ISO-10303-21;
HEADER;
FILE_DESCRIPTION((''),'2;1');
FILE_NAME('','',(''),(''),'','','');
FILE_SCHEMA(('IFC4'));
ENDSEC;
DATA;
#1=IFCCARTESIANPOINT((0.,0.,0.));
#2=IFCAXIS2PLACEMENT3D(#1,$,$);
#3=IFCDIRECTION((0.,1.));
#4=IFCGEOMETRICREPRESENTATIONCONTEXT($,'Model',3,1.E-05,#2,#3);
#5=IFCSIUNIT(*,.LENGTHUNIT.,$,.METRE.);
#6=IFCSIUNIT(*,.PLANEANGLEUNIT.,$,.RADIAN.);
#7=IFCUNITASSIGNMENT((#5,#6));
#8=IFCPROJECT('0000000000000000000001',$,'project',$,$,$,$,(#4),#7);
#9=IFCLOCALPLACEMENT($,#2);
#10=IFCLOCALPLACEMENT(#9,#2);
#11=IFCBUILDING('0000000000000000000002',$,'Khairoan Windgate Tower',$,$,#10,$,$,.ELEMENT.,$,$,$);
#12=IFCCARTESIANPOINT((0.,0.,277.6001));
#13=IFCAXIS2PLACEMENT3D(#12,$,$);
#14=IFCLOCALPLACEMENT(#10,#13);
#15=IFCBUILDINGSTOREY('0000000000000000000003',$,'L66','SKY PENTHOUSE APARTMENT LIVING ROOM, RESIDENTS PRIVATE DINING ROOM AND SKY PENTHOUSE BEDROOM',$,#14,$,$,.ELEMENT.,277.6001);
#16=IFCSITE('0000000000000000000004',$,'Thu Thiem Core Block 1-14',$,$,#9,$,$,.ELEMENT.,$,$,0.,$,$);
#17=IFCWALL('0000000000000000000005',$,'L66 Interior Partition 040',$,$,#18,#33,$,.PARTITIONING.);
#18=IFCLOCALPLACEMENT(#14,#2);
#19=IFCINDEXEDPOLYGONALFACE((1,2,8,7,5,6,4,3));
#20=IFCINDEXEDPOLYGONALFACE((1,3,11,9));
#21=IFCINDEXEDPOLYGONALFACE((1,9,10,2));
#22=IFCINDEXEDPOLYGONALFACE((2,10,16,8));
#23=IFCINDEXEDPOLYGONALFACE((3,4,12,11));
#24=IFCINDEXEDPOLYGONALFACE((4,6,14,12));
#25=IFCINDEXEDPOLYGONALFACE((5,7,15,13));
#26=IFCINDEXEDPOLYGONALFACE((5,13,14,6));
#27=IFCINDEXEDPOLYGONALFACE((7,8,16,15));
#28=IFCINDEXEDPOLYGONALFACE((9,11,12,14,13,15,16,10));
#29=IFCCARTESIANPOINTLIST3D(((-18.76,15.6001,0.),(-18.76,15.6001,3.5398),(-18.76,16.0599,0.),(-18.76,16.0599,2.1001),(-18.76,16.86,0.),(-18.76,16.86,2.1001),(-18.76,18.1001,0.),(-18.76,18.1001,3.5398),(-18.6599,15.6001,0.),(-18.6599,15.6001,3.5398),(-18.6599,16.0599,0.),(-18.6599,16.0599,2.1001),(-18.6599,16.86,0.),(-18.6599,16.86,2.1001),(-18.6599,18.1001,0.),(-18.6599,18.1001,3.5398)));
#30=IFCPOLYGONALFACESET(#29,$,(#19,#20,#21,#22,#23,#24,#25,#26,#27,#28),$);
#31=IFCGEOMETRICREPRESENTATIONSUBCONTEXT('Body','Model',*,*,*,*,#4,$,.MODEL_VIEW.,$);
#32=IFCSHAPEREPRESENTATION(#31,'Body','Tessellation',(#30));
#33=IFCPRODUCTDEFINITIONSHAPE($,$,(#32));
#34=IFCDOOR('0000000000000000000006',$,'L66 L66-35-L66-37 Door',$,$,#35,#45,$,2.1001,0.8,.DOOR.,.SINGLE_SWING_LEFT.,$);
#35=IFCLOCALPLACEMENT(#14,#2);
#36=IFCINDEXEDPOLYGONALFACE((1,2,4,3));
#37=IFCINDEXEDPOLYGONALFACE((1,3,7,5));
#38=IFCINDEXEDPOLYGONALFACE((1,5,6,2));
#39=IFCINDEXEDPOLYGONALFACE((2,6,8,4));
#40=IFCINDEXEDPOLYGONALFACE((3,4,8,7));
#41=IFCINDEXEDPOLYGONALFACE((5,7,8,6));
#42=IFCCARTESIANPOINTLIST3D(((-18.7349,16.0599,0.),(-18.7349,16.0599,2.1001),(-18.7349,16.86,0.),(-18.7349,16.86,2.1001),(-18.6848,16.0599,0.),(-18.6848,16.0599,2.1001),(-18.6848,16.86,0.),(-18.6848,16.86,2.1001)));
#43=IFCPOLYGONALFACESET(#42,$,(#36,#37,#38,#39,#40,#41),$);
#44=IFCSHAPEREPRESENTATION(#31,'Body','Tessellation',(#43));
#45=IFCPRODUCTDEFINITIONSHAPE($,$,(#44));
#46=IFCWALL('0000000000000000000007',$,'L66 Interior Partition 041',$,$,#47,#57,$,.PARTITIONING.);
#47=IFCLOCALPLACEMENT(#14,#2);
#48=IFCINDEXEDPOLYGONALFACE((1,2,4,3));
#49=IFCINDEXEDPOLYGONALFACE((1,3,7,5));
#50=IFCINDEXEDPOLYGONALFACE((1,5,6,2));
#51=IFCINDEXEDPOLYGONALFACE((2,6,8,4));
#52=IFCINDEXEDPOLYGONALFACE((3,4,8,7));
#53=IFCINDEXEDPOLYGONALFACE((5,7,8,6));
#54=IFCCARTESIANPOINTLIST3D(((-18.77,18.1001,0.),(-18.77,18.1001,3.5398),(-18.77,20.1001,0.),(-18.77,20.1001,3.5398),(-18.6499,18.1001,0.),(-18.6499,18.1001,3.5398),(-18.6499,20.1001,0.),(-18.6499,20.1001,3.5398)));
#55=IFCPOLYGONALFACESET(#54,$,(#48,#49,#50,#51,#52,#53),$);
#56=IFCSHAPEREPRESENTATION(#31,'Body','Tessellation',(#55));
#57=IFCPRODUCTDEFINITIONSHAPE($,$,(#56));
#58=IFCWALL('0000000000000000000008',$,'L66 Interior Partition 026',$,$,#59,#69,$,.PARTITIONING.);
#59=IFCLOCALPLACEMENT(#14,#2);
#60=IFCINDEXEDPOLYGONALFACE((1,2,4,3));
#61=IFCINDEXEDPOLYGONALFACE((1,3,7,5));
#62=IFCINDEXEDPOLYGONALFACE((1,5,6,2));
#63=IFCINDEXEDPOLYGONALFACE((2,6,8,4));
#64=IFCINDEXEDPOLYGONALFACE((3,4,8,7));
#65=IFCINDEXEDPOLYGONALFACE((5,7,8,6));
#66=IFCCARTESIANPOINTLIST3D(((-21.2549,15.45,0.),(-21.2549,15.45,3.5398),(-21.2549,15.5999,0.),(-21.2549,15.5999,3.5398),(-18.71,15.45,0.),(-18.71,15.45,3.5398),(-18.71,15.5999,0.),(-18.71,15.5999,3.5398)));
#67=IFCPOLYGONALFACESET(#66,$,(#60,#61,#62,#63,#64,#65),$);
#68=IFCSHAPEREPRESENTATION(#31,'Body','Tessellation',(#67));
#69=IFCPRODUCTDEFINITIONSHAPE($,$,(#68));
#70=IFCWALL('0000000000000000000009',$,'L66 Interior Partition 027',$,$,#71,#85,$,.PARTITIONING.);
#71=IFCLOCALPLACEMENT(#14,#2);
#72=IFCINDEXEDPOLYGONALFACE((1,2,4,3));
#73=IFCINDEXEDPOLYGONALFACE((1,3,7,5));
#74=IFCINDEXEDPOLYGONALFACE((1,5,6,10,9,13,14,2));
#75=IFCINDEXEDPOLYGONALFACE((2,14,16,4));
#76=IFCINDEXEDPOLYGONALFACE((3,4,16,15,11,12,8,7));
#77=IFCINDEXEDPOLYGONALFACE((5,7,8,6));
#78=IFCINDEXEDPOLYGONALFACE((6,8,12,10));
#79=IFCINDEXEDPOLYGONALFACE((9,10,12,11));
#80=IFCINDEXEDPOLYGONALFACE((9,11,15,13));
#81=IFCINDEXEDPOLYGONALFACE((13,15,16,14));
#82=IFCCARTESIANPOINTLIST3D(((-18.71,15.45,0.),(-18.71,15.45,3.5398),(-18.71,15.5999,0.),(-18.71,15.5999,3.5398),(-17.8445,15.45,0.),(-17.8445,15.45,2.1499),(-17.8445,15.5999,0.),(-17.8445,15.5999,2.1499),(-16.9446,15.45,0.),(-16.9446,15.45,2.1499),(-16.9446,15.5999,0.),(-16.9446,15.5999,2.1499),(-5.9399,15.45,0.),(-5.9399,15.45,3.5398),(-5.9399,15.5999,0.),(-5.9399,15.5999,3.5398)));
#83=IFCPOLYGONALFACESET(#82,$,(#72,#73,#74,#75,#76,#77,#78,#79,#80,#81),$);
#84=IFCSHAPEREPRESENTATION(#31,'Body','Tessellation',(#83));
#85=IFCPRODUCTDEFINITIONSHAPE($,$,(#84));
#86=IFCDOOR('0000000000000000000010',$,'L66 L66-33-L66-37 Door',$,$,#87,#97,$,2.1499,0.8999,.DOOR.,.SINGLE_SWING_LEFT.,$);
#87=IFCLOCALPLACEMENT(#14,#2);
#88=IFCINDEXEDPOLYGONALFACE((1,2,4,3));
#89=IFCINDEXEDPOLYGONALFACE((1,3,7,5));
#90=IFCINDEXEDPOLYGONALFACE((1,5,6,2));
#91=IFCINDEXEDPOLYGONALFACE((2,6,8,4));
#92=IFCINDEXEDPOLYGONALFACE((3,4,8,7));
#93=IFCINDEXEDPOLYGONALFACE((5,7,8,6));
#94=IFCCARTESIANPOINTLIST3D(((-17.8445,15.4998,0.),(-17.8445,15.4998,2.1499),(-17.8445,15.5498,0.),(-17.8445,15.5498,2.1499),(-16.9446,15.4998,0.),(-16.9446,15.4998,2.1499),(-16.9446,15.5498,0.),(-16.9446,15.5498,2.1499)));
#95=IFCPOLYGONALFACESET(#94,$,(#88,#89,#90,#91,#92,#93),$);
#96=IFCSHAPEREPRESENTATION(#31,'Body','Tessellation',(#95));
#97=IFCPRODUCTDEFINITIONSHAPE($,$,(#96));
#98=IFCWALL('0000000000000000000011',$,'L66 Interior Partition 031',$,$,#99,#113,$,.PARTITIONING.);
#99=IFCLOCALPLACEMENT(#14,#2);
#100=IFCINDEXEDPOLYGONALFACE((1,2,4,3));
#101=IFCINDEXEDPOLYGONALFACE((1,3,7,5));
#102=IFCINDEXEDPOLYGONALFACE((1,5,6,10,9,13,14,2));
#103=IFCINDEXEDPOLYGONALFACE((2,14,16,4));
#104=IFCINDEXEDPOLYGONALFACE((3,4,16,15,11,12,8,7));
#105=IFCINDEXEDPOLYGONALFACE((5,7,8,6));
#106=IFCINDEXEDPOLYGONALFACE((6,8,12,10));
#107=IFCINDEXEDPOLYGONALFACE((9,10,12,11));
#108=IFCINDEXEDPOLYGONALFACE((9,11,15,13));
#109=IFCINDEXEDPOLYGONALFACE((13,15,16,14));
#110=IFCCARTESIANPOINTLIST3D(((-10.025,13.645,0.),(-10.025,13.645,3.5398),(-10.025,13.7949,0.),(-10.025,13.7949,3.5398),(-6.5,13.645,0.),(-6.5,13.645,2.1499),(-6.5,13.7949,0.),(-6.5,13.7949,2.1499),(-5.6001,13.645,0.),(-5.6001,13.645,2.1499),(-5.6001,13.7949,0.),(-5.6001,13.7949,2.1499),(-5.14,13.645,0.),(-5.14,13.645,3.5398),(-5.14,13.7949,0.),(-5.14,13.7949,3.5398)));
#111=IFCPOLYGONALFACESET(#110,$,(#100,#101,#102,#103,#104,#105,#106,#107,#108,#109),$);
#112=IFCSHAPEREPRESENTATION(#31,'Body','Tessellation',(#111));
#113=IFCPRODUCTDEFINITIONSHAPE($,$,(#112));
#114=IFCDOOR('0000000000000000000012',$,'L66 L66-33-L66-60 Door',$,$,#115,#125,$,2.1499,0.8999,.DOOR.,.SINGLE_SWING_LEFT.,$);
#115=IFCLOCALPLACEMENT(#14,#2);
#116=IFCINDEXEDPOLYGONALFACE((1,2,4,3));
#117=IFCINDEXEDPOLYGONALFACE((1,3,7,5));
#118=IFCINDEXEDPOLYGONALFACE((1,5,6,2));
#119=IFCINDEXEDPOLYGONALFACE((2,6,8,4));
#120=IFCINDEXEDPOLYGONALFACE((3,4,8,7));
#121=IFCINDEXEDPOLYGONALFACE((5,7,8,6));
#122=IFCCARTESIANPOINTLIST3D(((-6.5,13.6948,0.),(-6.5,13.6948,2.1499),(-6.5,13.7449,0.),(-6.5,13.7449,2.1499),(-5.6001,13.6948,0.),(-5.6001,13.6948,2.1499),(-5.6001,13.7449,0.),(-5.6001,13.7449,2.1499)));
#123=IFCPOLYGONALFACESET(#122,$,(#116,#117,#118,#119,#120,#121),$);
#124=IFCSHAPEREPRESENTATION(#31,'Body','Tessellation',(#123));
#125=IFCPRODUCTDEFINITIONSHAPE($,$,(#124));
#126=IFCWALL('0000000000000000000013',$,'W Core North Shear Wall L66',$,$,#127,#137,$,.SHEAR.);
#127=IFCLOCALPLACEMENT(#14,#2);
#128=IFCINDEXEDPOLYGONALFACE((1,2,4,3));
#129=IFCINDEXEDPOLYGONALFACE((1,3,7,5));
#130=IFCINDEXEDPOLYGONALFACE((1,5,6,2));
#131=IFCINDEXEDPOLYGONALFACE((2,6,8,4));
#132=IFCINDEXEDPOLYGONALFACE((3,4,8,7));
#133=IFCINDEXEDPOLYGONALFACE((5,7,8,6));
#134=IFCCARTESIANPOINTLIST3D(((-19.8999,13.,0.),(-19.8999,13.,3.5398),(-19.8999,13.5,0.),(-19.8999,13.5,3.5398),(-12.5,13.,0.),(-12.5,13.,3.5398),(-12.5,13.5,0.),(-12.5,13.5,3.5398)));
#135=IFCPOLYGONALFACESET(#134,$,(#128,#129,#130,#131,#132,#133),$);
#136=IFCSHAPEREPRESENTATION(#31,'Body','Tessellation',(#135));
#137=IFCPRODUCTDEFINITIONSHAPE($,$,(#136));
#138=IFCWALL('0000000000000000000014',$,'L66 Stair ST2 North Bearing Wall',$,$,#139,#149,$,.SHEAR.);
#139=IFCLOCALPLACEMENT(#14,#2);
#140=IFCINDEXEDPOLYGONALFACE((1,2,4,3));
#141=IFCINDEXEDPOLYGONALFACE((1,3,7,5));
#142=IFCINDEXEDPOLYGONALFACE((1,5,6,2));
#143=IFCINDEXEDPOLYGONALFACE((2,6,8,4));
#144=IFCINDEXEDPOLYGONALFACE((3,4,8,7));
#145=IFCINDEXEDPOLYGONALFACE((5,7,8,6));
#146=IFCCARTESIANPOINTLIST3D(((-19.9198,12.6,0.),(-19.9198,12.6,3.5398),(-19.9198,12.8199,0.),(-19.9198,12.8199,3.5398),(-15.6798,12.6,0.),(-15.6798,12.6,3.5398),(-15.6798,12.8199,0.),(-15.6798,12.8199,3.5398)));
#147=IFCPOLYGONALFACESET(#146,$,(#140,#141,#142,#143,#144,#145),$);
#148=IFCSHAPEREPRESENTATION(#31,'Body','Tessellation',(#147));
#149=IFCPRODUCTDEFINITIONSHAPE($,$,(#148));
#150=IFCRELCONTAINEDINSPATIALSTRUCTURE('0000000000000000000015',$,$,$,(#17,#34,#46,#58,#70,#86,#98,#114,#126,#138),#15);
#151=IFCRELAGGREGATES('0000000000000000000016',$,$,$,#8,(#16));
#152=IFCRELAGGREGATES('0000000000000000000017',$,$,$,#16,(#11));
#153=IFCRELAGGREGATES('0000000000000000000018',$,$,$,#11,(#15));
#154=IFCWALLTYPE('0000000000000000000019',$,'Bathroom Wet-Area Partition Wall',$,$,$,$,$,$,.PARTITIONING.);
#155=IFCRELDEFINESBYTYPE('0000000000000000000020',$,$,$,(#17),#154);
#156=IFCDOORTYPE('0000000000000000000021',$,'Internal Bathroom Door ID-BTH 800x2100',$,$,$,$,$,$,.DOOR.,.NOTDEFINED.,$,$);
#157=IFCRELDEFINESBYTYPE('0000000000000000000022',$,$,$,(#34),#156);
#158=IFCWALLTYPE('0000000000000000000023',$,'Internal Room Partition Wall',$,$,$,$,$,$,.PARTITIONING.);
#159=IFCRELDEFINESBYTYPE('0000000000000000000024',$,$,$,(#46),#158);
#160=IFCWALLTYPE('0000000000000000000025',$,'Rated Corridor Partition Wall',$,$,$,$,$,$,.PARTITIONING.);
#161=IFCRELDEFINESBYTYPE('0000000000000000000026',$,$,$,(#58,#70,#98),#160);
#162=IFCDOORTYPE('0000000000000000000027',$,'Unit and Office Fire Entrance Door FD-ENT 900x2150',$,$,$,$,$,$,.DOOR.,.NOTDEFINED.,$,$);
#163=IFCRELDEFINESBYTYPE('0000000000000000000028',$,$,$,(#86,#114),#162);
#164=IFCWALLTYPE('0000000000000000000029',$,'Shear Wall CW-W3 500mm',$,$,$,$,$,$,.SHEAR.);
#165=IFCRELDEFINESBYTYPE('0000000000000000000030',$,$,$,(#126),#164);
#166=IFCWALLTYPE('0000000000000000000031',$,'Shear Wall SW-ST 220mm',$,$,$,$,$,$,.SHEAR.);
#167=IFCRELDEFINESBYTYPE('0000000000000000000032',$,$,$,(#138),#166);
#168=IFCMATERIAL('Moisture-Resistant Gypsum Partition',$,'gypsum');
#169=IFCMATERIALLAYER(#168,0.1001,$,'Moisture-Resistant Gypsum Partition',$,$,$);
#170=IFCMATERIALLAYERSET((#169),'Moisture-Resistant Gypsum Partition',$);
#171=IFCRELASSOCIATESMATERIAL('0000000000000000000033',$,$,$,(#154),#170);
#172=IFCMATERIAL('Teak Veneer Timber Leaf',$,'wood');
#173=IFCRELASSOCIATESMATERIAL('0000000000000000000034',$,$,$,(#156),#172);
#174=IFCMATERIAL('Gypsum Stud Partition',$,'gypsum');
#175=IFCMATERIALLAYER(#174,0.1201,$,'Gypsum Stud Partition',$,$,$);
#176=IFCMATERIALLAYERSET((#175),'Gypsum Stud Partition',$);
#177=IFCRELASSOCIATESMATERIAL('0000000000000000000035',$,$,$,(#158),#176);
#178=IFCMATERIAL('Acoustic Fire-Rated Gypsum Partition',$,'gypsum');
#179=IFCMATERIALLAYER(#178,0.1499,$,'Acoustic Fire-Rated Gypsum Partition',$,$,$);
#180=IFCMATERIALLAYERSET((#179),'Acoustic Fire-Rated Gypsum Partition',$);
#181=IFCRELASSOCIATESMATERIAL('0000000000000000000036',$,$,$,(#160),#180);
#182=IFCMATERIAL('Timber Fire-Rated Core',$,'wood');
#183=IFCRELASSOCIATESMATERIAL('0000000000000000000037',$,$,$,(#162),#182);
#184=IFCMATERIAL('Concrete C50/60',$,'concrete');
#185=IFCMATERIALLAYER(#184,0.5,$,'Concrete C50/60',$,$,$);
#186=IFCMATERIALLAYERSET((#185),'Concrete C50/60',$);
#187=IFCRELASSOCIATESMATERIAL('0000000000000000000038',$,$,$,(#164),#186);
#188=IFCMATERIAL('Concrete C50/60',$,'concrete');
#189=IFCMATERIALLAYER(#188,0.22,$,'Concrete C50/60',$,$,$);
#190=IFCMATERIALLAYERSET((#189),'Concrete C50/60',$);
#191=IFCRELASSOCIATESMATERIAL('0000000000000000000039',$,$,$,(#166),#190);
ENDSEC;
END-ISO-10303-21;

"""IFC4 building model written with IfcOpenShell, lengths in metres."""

from ifc_helpers import new_model, si_unit, direction, frame, frame_2d, origin, place, context, subcontext, project, spatial, rectangle, extrude, material, layer, layer_set, type_object, element, fill, save


model = new_model("IFC4")

# Units and contexts
model_context = context("Model", 3, precision=1e-05, world=origin(), true_north=direction((0.0, 1.0)))
body_context = subcontext(model_context, "Body", "Model", "MODEL_VIEW")
ifc_project = project(units=[si_unit("LENGTHUNIT", "METRE"), si_unit("PLANEANGLEUNIT", "RADIAN")], contexts=[model_context])

# Site, building, storey
site_placement = place(None, origin())
site = spatial("IfcSite", under=ifc_project, at=site_placement, Name="Thu Thiem Core Block 1-14", CompositionType="ELEMENT", RefElevation=0.0)
building_placement = place(site_placement, origin())
building = spatial("IfcBuilding", under=site, at=building_placement, Name="Khairoan Windgate Tower", CompositionType="ELEMENT")
storey_placement = place(building_placement, frame((0.0, 0.0, 277.6001)))
storey = spatial("IfcBuildingStorey", under=building, at=storey_placement, Name="L66", Description="SKY PENTHOUSE APARTMENT LIVING ROOM, RESIDENTS PRIVATE DINING ROOM AND SKY PENTHOUSE BEDROOM", CompositionType="ELEMENT", Elevation=277.6001)

# Shared definitions
ifc_material_1 = material(Name="Moisture-Resistant Gypsum Partition", Category="gypsum")
ifc_layer_1 = layer(ifc_material_1, 0.1001, Name="Moisture-Resistant Gypsum Partition")
ifc_layer_set_1 = layer_set([ifc_layer_1], Name="Moisture-Resistant Gypsum Partition")
wall_type_1 = type_object("IfcWallType", Name="Bathroom Wet-Area Partition Wall", PredefinedType="PARTITIONING", material=ifc_layer_set_1)

# Wall, opening, door
wall_1_placement = place(storey_placement, frame((-18.71, 15.6001, 0.0), z_axis=(0.0, 0.0, 1.0), x_axis=(0.0, 1.0, 0.0)))
wall_1 = element("IfcWall", 1, at=wall_1_placement, inside=storey, type_object=wall_type_1, Name="L66 Interior Partition 040", PredefinedType="PARTITIONING", context=body_context, shape_type="SweptSolid", body=[
    extrude(rectangle(XDim=2.5, YDim=0.1001, at=frame_2d((1.25, 0.0))), origin(), (0.0, 0.0, 1.0), 3.5398),
])
opening_1_placement = place(wall_1_placement, frame((0.46, 0.0, 0.0)))
opening_1 = element("IfcOpeningElement", 2, at=opening_1_placement, cuts=wall_1, PredefinedType="OPENING", context=body_context, shape_type="SweptSolid", body=[
    extrude(rectangle(XDim=0.8, YDim=2.1001, at=frame_2d((0.3999, 1.05))), frame((0.0, 0.0601, 0.0), z_axis=(0.0, -1.0, 0.0), x_axis=(1.0, 0.0, 0.0)), (0.0, 0.0, 1.0), 0.1201),
])
ifc_material_2 = material(Name="Teak Veneer Timber Leaf", Category="wood")
door_type_1 = type_object("IfcDoorType", Name="Internal Bathroom Door ID-BTH 800x2100", OperationType="NOTDEFINED", PredefinedType="DOOR", material=ifc_material_2)
door_1_placement = place(opening_1_placement, origin())
door_1 = element("IfcDoor", 3, at=door_1_placement, inside=storey, type_object=door_type_1, Name="L66 L66-35-L66-37 Door", OperationType="SINGLE_SWING_LEFT", OverallHeight=2.1001, OverallWidth=0.8, PredefinedType="DOOR", context=body_context, shape_type="SweptSolid", body=[
    extrude(rectangle(XDim=0.8, YDim=2.1001, at=frame_2d((0.3999, 1.05))), frame((0.0, 0.0249, 0.0), z_axis=(0.0, -1.0, 0.0), x_axis=(1.0, 0.0, 0.0)), (0.0, 0.0, 1.0), 0.05),
])
fill(opening_1, door_1)

# Walls
ifc_material_3 = material(Name="Gypsum Stud Partition", Category="gypsum")
ifc_layer_2 = layer(ifc_material_3, 0.1201, Name="Gypsum Stud Partition")
ifc_layer_set_2 = layer_set([ifc_layer_2], Name="Gypsum Stud Partition")
wall_type_2 = type_object("IfcWallType", Name="Internal Room Partition Wall", PredefinedType="PARTITIONING", material=ifc_layer_set_2)
wall_2_placement = place(storey_placement, frame((-18.71, 18.1001, 0.0), z_axis=(0.0, 0.0, 1.0), x_axis=(0.0, 1.0, 0.0)))
element("IfcWall", 4, at=wall_2_placement, inside=storey, type_object=wall_type_2, Name="L66 Interior Partition 041", PredefinedType="PARTITIONING", context=body_context, shape_type="SweptSolid", body=[
    extrude(rectangle(XDim=2.0, YDim=0.1201, at=frame_2d((1.0, 0.0))), origin(), (0.0, 0.0, 1.0), 3.5398),
])
ifc_material_4 = material(Name="Acoustic Fire-Rated Gypsum Partition", Category="gypsum")
ifc_layer_3 = layer(ifc_material_4, 0.1499, Name="Acoustic Fire-Rated Gypsum Partition")
ifc_layer_set_3 = layer_set([ifc_layer_3], Name="Acoustic Fire-Rated Gypsum Partition")
wall_type_3 = type_object("IfcWallType", Name="Rated Corridor Partition Wall", PredefinedType="PARTITIONING", material=ifc_layer_set_3)
wall_3_placement = place(storey_placement, frame((-21.2549, 15.5249, 0.0), z_axis=(0.0, 0.0, 1.0), x_axis=(1.0, 0.0, 0.0)))
element("IfcWall", 5, at=wall_3_placement, inside=storey, type_object=wall_type_3, Name="L66 Interior Partition 026", PredefinedType="PARTITIONING", context=body_context, shape_type="SweptSolid", body=[
    extrude(rectangle(XDim=2.5449, YDim=0.1499, at=frame_2d((1.2725, 0.0))), origin(), (0.0, 0.0, 1.0), 3.5398),
])

# Walls, openings, doors
wall_4_placement = place(storey_placement, frame((-18.71, 15.5249, 0.0), z_axis=(0.0, 0.0, 1.0), x_axis=(1.0, 0.0, 0.0)))
wall_4 = element("IfcWall", 6, at=wall_4_placement, inside=storey, type_object=wall_type_3, Name="L66 Interior Partition 027", PredefinedType="PARTITIONING", context=body_context, shape_type="SweptSolid", body=[
    extrude(rectangle(XDim=12.77, YDim=0.1499, at=frame_2d((6.385, 0.0))), origin(), (0.0, 0.0, 1.0), 3.5398),
])
opening_2_placement = place(wall_4_placement, frame((0.8655, 0.0, 0.0)))
opening_2 = element("IfcOpeningElement", 7, at=opening_2_placement, cuts=wall_4, PredefinedType="OPENING", context=body_context, shape_type="SweptSolid", body=[
    extrude(rectangle(XDim=0.8999, YDim=2.1499, at=frame_2d((0.45, 1.075))), frame((0.0, 0.085, 0.0), z_axis=(0.0, -1.0, 0.0), x_axis=(1.0, 0.0, 0.0)), (0.0, 0.0, 1.0), 0.1699),
])
ifc_material_5 = material(Name="Timber Fire-Rated Core", Category="wood")
door_type_2 = type_object("IfcDoorType", Name="Unit and Office Fire Entrance Door FD-ENT 900x2150", OperationType="NOTDEFINED", PredefinedType="DOOR", material=ifc_material_5)
door_2_placement = place(opening_2_placement, origin())
door_2 = element("IfcDoor", 8, at=door_2_placement, inside=storey, type_object=door_type_2, Name="L66 L66-33-L66-37 Door", OperationType="SINGLE_SWING_LEFT", OverallHeight=2.1499, OverallWidth=0.8999, PredefinedType="DOOR", context=body_context, shape_type="SweptSolid", body=[
    extrude(rectangle(XDim=0.8999, YDim=2.1499, at=frame_2d((0.45, 1.075))), frame((0.0, 0.0249, 0.0), z_axis=(0.0, -1.0, 0.0), x_axis=(1.0, 0.0, 0.0)), (0.0, 0.0, 1.0), 0.05),
])
fill(opening_2, door_2)
wall_5_placement = place(storey_placement, frame((-10.0249, 13.72, 0.0), z_axis=(0.0, 0.0, 1.0), x_axis=(1.0, 0.0, 0.0)))
wall_5 = element("IfcWall", 9, at=wall_5_placement, inside=storey, type_object=wall_type_3, Name="L66 Interior Partition 031", PredefinedType="PARTITIONING", context=body_context, shape_type="SweptSolid", body=[
    extrude(rectangle(XDim=4.885, YDim=0.1499, at=frame_2d((2.4424, 0.0))), origin(), (0.0, 0.0, 1.0), 3.5398),
])
opening_3_placement = place(wall_5_placement, frame((3.5249, 0.0, 0.0)))
opening_3 = element("IfcOpeningElement", 10, at=opening_3_placement, cuts=wall_5, PredefinedType="OPENING", context=body_context, shape_type="SweptSolid", body=[
    extrude(rectangle(XDim=0.8999, YDim=2.1499, at=frame_2d((0.45, 1.075))), frame((0.0, 0.085, 0.0), z_axis=(0.0, -1.0, 0.0), x_axis=(1.0, 0.0, 0.0)), (0.0, 0.0, 1.0), 0.1699),
])
door_3_placement = place(opening_3_placement, origin())
door_3 = element("IfcDoor", 11, at=door_3_placement, inside=storey, type_object=door_type_2, Name="L66 L66-33-L66-60 Door", OperationType="SINGLE_SWING_LEFT", OverallHeight=2.1499, OverallWidth=0.8999, PredefinedType="DOOR", context=body_context, shape_type="SweptSolid", body=[
    extrude(rectangle(XDim=0.8999, YDim=2.1499, at=frame_2d((0.45, 1.075))), frame((0.0, 0.0249, 0.0), z_axis=(0.0, -1.0, 0.0), x_axis=(1.0, 0.0, 0.0)), (0.0, 0.0, 1.0), 0.05),
])
fill(opening_3, door_3)

# Walls
ifc_material_6 = material(Name="Concrete C50/60", Category="concrete")
ifc_layer_4 = layer(ifc_material_6, 0.5, Name="Concrete C50/60")
ifc_layer_set_4 = layer_set([ifc_layer_4], Name="Concrete C50/60")
wall_type_4 = type_object("IfcWallType", Name="Shear Wall CW-W3 500mm", PredefinedType="SHEAR", material=ifc_layer_set_4)
wall_6_placement = place(storey_placement, frame((-19.8999, 13.25, 0.0), z_axis=(0.0, 0.0, 1.0), x_axis=(1.0, 0.0, 0.0)))
element("IfcWall", 12, at=wall_6_placement, inside=storey, type_object=wall_type_4, Name="W Core North Shear Wall L66", PredefinedType="SHEAR", context=body_context, shape_type="SweptSolid", body=[
    extrude(rectangle(XDim=7.3999, YDim=0.5, at=frame_2d((3.7, 0.0))), origin(), (0.0, 0.0, 1.0), 3.5398),
])
ifc_material_7 = material(Name="Concrete C50/60", Category="concrete")
ifc_layer_5 = layer(ifc_material_7, 0.22, Name="Concrete C50/60")
ifc_layer_set_5 = layer_set([ifc_layer_5], Name="Concrete C50/60")
wall_type_5 = type_object("IfcWallType", Name="Shear Wall SW-ST 220mm", PredefinedType="SHEAR", material=ifc_layer_set_5)
wall_7_placement = place(storey_placement, frame((-19.9199, 12.71, 0.0), z_axis=(0.0, 0.0, 1.0), x_axis=(1.0, 0.0, 0.0)))
element("IfcWall", 13, at=wall_7_placement, inside=storey, type_object=wall_type_5, Name="L66 Stair ST2 North Bearing Wall", PredefinedType="SHEAR", context=body_context, shape_type="SweptSolid", body=[
    extrude(rectangle(XDim=4.24, YDim=0.22, at=frame_2d((2.1201, 0.0))), origin(), (0.0, 0.0, 1.0), 3.5398),
])

save(model, "model.ifc")
